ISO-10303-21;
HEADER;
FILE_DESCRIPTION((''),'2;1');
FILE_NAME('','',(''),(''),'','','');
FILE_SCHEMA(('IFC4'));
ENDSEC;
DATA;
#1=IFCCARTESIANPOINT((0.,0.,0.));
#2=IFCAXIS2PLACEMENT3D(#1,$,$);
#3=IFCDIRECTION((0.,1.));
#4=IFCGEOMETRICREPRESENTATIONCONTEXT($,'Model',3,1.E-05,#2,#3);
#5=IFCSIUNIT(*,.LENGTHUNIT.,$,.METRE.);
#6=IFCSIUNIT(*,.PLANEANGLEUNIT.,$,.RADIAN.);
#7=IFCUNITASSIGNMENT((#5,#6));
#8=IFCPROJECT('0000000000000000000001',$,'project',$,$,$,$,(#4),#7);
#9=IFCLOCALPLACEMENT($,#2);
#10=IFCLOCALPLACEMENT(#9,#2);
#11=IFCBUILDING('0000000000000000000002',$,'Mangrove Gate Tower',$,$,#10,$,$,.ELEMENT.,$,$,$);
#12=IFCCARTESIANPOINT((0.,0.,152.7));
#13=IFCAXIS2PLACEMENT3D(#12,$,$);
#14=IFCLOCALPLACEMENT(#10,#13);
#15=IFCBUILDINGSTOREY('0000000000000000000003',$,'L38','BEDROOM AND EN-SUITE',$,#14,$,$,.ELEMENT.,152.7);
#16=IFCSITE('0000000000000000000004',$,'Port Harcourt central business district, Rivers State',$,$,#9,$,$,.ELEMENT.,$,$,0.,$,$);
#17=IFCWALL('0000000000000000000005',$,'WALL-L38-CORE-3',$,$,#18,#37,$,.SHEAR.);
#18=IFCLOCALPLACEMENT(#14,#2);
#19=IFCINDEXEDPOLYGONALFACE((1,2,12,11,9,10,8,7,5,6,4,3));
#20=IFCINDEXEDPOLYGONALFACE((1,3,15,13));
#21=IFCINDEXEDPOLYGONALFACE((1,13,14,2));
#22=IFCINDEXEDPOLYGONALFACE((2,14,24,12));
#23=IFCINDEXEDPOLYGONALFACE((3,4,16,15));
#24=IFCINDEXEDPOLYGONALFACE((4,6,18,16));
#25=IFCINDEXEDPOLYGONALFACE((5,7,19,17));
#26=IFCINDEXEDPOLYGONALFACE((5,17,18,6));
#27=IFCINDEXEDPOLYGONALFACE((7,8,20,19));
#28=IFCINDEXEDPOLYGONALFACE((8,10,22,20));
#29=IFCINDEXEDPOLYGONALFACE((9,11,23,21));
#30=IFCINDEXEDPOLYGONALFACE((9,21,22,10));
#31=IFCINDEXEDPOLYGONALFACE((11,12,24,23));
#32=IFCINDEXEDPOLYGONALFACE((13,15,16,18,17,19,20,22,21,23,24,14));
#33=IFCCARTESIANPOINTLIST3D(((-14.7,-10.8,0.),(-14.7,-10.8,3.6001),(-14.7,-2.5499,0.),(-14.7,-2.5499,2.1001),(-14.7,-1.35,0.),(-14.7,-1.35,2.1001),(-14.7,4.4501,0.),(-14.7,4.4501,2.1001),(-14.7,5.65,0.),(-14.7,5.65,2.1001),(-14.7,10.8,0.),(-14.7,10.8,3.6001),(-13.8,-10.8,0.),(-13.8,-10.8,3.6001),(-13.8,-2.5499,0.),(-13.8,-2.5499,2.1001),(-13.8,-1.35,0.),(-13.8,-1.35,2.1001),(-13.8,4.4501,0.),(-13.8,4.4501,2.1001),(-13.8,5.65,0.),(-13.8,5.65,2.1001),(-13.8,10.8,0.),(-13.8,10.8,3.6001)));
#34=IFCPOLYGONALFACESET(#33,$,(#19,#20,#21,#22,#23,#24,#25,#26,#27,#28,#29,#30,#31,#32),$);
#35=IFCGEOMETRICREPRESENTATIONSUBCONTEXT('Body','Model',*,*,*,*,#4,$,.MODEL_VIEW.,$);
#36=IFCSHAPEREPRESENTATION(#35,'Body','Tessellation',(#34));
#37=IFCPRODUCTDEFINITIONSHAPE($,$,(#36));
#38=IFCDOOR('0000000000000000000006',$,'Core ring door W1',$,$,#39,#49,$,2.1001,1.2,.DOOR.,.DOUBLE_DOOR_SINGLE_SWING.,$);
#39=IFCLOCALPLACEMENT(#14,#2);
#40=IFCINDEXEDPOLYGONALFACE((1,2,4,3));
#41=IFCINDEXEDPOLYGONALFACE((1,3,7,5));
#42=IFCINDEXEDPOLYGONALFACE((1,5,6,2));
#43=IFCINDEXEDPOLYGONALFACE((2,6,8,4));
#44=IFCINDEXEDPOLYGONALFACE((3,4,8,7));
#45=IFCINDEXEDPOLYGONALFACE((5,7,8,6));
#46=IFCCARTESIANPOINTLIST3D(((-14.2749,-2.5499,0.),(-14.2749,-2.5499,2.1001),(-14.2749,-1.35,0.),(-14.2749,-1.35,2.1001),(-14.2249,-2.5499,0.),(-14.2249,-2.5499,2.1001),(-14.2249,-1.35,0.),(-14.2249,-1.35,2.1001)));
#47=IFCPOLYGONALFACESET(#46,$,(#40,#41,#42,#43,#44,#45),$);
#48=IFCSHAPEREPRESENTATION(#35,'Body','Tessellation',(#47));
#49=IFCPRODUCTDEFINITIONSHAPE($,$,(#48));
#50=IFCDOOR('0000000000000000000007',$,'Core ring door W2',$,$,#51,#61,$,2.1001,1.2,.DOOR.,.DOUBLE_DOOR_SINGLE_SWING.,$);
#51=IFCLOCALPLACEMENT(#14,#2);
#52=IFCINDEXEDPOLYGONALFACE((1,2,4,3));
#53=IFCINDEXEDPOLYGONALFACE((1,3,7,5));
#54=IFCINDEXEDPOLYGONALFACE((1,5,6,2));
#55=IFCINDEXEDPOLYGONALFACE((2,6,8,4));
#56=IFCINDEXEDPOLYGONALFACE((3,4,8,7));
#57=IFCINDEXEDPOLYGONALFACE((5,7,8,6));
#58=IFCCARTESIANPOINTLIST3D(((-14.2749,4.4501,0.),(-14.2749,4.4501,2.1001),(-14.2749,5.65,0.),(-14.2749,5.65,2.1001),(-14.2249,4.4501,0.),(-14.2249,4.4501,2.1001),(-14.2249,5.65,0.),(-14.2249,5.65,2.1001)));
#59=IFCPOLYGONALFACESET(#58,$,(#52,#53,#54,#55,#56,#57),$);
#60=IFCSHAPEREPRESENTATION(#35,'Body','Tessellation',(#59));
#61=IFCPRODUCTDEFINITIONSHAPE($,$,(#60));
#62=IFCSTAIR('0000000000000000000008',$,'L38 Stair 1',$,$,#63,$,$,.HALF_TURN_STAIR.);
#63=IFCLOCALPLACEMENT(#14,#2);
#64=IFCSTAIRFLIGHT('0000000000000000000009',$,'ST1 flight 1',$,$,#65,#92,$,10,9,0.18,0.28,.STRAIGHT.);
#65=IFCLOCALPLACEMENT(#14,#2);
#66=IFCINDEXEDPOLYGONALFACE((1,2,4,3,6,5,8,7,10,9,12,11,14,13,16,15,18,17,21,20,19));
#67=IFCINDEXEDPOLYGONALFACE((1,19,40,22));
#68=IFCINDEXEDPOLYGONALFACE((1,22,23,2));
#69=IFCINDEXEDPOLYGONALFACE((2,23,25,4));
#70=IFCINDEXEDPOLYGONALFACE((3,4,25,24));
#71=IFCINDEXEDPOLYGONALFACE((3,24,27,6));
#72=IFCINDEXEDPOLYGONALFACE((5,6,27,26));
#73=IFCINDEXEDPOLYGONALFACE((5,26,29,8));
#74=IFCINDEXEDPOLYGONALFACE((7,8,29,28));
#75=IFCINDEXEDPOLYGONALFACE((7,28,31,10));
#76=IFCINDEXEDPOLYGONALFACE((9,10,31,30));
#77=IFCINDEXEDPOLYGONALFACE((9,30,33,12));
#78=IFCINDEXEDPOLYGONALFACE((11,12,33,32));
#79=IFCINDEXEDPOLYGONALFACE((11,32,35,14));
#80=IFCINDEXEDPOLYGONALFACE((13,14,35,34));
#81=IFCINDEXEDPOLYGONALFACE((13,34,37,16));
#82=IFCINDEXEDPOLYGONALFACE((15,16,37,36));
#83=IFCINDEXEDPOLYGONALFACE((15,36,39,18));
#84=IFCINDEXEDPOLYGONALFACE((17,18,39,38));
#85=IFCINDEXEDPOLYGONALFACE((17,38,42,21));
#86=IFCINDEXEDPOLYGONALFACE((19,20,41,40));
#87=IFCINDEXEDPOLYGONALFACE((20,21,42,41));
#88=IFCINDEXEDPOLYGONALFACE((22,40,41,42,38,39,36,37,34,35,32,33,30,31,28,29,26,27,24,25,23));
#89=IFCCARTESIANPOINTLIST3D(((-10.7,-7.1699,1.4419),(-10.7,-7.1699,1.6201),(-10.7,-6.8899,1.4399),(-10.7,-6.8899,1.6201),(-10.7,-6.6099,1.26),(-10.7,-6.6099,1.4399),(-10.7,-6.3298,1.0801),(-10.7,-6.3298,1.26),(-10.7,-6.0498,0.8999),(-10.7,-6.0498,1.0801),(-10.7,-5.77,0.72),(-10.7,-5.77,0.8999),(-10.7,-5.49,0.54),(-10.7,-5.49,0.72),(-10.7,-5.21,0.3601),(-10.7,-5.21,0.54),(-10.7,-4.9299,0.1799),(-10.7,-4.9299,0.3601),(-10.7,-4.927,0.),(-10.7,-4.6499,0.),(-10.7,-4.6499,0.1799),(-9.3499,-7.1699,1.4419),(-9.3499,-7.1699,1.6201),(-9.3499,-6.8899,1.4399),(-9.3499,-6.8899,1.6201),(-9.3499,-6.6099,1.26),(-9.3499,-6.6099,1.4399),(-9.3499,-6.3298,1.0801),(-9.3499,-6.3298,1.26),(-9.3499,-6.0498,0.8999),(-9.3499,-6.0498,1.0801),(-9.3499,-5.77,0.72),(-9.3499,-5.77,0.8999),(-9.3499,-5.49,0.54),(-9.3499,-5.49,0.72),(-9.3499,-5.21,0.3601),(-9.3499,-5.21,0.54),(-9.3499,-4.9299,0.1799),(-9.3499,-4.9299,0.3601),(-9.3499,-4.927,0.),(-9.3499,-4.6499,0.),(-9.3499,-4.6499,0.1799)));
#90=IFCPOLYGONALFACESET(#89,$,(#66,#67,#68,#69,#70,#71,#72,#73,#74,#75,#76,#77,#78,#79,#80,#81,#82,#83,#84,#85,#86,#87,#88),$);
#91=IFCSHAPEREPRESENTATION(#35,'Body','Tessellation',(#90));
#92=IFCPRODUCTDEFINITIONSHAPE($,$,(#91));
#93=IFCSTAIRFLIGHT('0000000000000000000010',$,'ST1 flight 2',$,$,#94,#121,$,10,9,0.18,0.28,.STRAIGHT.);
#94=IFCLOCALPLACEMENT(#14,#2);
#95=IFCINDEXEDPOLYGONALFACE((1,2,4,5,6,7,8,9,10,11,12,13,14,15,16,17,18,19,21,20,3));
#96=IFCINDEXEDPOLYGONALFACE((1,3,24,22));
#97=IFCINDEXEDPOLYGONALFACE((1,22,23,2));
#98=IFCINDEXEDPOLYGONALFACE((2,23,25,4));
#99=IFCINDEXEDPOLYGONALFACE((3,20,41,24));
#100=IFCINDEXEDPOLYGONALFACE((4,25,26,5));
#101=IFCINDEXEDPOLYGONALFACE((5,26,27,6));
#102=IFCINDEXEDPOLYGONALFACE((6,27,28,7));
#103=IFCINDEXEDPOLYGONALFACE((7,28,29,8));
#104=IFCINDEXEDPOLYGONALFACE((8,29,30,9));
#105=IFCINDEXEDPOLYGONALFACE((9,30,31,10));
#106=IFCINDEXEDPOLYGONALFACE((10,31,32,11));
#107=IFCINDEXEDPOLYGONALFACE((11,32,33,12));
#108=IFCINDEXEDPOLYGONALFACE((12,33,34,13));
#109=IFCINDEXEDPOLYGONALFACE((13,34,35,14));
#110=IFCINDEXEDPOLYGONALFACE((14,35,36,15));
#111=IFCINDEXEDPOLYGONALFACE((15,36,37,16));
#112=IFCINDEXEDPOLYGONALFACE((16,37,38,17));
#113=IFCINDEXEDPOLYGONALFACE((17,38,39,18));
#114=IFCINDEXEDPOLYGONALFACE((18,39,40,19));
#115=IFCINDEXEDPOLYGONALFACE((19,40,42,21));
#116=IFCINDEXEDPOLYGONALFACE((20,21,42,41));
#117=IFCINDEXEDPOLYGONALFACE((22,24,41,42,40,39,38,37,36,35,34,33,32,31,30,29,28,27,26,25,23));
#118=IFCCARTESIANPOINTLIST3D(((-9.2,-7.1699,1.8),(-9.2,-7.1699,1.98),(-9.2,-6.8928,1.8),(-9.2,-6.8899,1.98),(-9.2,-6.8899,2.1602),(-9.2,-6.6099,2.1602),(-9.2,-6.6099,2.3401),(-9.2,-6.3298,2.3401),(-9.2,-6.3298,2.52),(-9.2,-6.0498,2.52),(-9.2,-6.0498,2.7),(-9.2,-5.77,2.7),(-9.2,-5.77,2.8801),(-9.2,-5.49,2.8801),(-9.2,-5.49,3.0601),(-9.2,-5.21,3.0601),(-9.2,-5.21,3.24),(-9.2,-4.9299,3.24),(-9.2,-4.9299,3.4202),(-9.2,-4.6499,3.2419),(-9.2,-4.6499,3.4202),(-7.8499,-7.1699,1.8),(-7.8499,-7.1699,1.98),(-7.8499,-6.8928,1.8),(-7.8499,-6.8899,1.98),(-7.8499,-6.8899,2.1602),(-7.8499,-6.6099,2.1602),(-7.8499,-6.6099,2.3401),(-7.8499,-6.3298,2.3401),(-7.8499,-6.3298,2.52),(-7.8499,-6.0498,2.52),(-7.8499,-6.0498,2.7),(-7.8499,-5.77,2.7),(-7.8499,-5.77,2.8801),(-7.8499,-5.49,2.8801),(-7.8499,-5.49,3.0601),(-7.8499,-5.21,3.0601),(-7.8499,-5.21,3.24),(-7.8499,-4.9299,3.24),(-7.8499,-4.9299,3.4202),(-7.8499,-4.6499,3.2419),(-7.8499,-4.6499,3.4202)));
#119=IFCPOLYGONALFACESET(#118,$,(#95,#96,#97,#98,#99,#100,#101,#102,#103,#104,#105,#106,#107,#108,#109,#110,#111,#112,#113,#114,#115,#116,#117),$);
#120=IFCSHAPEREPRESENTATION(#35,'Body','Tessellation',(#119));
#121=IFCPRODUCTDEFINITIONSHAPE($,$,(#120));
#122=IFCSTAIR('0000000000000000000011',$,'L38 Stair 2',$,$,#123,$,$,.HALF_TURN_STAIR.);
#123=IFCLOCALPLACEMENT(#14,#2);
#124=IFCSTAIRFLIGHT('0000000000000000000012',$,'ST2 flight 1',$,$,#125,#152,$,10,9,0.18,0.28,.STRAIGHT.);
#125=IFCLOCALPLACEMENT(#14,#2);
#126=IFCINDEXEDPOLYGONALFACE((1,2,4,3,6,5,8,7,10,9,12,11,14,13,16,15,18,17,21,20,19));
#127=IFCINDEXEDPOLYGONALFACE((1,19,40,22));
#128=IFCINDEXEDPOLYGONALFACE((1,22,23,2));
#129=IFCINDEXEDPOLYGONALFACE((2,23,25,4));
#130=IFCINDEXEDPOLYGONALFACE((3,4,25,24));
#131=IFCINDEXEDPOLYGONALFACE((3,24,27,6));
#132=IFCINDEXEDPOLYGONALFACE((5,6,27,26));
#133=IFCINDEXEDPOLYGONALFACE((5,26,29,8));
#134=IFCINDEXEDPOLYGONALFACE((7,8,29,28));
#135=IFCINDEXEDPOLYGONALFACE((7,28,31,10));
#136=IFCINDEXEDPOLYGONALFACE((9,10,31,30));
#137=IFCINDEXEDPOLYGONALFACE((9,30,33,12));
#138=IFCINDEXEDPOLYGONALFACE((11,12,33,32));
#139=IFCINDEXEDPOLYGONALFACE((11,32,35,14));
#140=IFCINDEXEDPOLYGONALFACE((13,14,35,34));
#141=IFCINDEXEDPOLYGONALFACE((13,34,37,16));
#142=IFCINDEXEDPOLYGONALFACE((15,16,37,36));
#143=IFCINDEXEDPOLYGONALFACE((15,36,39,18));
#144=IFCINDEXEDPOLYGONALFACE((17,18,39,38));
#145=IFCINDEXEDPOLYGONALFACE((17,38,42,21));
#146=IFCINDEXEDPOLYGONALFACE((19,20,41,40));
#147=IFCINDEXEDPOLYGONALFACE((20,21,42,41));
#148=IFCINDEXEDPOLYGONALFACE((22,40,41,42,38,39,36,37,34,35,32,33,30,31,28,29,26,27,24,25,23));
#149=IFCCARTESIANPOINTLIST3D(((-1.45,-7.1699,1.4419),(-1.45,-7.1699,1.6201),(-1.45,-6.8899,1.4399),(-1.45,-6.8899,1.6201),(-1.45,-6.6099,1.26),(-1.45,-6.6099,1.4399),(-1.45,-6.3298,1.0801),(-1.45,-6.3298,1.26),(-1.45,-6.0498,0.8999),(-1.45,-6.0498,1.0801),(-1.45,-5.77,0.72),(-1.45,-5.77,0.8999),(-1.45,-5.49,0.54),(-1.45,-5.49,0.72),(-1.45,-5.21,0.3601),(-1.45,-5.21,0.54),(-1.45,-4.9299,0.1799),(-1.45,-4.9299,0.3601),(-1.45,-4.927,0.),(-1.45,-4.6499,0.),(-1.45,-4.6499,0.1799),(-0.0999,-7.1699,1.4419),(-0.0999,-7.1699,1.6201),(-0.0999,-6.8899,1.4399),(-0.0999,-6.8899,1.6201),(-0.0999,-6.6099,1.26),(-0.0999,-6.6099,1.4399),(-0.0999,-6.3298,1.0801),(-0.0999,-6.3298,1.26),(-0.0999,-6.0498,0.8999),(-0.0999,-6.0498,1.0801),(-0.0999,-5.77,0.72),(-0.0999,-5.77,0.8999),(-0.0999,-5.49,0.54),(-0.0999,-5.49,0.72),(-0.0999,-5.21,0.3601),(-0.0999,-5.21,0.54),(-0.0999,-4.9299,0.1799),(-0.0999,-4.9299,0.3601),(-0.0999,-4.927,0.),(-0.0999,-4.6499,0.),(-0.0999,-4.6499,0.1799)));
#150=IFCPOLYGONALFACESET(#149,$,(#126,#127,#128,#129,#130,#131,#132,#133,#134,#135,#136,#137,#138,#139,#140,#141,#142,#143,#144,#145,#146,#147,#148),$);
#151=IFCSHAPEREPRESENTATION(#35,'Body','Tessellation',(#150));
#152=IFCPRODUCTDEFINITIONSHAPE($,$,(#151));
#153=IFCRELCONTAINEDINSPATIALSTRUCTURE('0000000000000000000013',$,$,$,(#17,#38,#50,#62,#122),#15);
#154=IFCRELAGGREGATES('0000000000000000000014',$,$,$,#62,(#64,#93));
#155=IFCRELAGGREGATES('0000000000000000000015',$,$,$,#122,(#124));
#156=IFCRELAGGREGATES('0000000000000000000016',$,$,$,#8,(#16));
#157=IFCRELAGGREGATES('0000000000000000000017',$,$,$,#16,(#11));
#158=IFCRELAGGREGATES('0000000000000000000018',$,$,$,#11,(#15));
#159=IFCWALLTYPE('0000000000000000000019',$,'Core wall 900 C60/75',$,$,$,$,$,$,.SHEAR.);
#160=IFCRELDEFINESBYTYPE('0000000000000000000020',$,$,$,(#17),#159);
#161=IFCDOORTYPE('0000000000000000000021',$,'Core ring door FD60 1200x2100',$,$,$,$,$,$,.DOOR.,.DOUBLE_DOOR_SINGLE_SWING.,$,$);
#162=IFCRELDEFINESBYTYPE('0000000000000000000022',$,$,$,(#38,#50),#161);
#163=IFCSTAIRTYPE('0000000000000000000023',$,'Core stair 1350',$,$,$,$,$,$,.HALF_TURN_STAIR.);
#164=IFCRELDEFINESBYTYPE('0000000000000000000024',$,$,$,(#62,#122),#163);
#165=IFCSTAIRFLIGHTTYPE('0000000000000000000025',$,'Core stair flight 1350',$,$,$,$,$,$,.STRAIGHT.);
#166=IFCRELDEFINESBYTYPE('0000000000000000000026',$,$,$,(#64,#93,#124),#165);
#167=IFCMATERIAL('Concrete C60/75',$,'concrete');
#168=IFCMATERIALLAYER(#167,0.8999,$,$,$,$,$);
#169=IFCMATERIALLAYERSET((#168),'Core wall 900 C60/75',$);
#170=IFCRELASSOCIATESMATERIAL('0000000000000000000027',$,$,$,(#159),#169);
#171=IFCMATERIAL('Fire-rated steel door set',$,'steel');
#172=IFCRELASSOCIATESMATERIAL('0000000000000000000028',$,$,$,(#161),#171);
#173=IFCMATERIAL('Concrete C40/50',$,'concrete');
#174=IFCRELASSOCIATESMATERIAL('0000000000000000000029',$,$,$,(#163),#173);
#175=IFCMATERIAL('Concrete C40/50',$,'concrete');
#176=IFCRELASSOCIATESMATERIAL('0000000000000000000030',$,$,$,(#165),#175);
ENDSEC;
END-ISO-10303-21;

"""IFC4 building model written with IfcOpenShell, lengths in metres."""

from ifc_helpers import new_model, si_unit, direction, frame, frame_2d, origin, place, context, subcontext, project, spatial, polyline, rectangle, outline, extrude, material, layer, layer_set, type_object, element, fill, aggregate, save


model = new_model("IFC4")

# Units and contexts
model_context = context("Model", 3, precision=1e-05, world=origin(), true_north=direction((0.0, 1.0)))
body_context = subcontext(model_context, "Body", "Model", "MODEL_VIEW")
ifc_project = project(units=[si_unit("LENGTHUNIT", "METRE"), si_unit("PLANEANGLEUNIT", "RADIAN")], contexts=[model_context])

# Site, building, storey
site_placement = place(None, origin())
site = spatial("IfcSite", under=ifc_project, at=site_placement, Name="Port Harcourt central business district, Rivers State", CompositionType="ELEMENT", RefElevation=0.0)
building_placement = place(site_placement, origin())
building = spatial("IfcBuilding", under=site, at=building_placement, Name="Mangrove Gate Tower", CompositionType="ELEMENT")
storey_placement = place(building_placement, frame((0.0, 0.0, 152.7)))
storey = spatial("IfcBuildingStorey", under=building, at=storey_placement, Name="L38", Description="BEDROOM AND EN-SUITE", CompositionType="ELEMENT", Elevation=152.7)

# Shared definitions
ifc_material_1 = material(Name="Concrete C60/75", Category="concrete")
ifc_layer_1 = layer(ifc_material_1, 0.8999)
ifc_layer_set_1 = layer_set([ifc_layer_1], Name="Core wall 900 C60/75")
wall_type_1 = type_object("IfcWallType", Name="Core wall 900 C60/75", PredefinedType="SHEAR", material=ifc_layer_set_1)

# Wall, openings, doors
wall_1_placement = place(storey_placement, frame((-14.25, -10.8, 0.0), z_axis=(0.0, 0.0, 1.0), x_axis=(0.0, 1.0, 0.0)))
wall_1 = element("IfcWall", 1, at=wall_1_placement, inside=storey, type_object=wall_type_1, Name="WALL-L38-CORE-3", PredefinedType="SHEAR", context=body_context, shape_type="SweptSolid", body=[
    extrude(rectangle(XDim=21.6001, YDim=0.8999, at=frame_2d((10.8, 0.0))), origin(), (0.0, 0.0, 1.0), 3.6001),
])
opening_1_placement = place(wall_1_placement, frame((8.25, 0.0, 0.0)))
opening_1 = element("IfcOpeningElement", 2, at=opening_1_placement, cuts=wall_1, PredefinedType="OPENING", context=body_context, shape_type="SweptSolid", body=[
    extrude(rectangle(XDim=1.2, YDim=2.1001, at=frame_2d((0.6001, 1.05))), frame((0.0, 0.46, 0.0), z_axis=(0.0, -1.0, 0.0), x_axis=(1.0, 0.0, 0.0)), (0.0, 0.0, 1.0), 0.9199),
])
opening_2_placement = place(wall_1_placement, frame((15.25, 0.0, 0.0)))
opening_2 = element("IfcOpeningElement", 3, at=opening_2_placement, cuts=wall_1, PredefinedType="OPENING", context=body_context, shape_type="SweptSolid", body=[
    extrude(rectangle(XDim=1.2, YDim=2.1001, at=frame_2d((0.6001, 1.05))), frame((0.0, 0.46, 0.0), z_axis=(0.0, -1.0, 0.0), x_axis=(1.0, 0.0, 0.0)), (0.0, 0.0, 1.0), 0.9199),
])
ifc_material_2 = material(Name="Fire-rated steel door set", Category="steel")
door_type_1 = type_object("IfcDoorType", Name="Core ring door FD60 1200x2100", OperationType="DOUBLE_DOOR_SINGLE_SWING", PredefinedType="DOOR", material=ifc_material_2)
door_1_placement = place(opening_1_placement, origin())
door_1 = element("IfcDoor", 4, at=door_1_placement, inside=storey, type_object=door_type_1, Name="Core ring door W1", OperationType="DOUBLE_DOOR_SINGLE_SWING", OverallHeight=2.1001, OverallWidth=1.2, PredefinedType="DOOR", context=body_context, shape_type="SweptSolid", body=[
    extrude(rectangle(XDim=1.2, YDim=2.1001, at=frame_2d((0.6001, 1.05))), frame((0.0, 0.0249, 0.0), z_axis=(0.0, -1.0, 0.0), x_axis=(1.0, 0.0, 0.0)), (0.0, 0.0, 1.0), 0.05),
])
fill(opening_1, door_1)
door_2_placement = place(opening_2_placement, origin())
door_2 = element("IfcDoor", 5, at=door_2_placement, inside=storey, type_object=door_type_1, Name="Core ring door W2", OperationType="DOUBLE_DOOR_SINGLE_SWING", OverallHeight=2.1001, OverallWidth=1.2, PredefinedType="DOOR", context=body_context, shape_type="SweptSolid", body=[
    extrude(rectangle(XDim=1.2, YDim=2.1001, at=frame_2d((0.6001, 1.05))), frame((0.0, 0.0249, 0.0), z_axis=(0.0, -1.0, 0.0), x_axis=(1.0, 0.0, 0.0)), (0.0, 0.0, 1.0), 0.05),
])
fill(opening_2, door_2)

# Stair, stair flights
ifc_material_3 = material(Name="Concrete C40/50", Category="concrete")
stair_type = type_object("IfcStairType", Name="Core stair 1350", PredefinedType="HALF_TURN_STAIR", material=ifc_material_3)
stair_1_placement = place(storey_placement, origin())
stair_1 = element("IfcStair", 6, at=stair_1_placement, inside=storey, type_object=stair_type, Name="L38 Stair 1", PredefinedType="HALF_TURN_STAIR")
ifc_material_4 = material(Name="Concrete C40/50", Category="concrete")
stair_flight_type = type_object("IfcStairFlightType", Name="Core stair flight 1350", PredefinedType="STRAIGHT", material=ifc_material_4)
stair_flight_1_placement = place(storey_placement, frame((-10.0249, -4.6499, 0.0), z_axis=(0.0, 0.0, 1.0), x_axis=(0.0, -1.0, 0.0)))
stair_flight_1 = element("IfcStairFlight", 7, at=stair_flight_1_placement, type_object=stair_flight_type, Name="ST1 flight 1", NumberOfRisers=10, NumberOfTreads=9, PredefinedType="STRAIGHT", RiserHeight=0.18, TreadLength=0.28, context=body_context, shape_type="SweptSolid", body=[
    extrude(outline(polyline([(0.0, 0.0), (0.0, 0.1799), (0.28, 0.1799), (0.28, 0.3601), (0.5601, 0.3601), (0.5601, 0.54), (0.8401, 0.54), (0.8401, 0.72), (1.1201, 0.72), (1.1201, 0.8999), (1.3999, 0.8999), (1.3999, 1.0801), (1.6799, 1.0801), (1.6799, 1.26), (1.96, 1.26), (1.96, 1.4399), (2.24, 1.4399), (2.24, 1.6201), (2.52, 1.6201), (2.52, 1.8), (2.52, 1.4419), (0.2771, 0.0), (0.0, 0.0)])), frame((0.0, 0.675, 0.0), z_axis=(0.0, -1.0, 0.0), x_axis=(1.0, 0.0, 0.0)), (0.0, 0.0, 1.0), 1.3501),
])
stair_flight_2_placement = place(storey_placement, frame((-8.5249, -7.1699, 1.8), z_axis=(0.0, 0.0, 1.0), x_axis=(0.0, 1.0, 0.0)))
stair_flight_2 = element("IfcStairFlight", 8, at=stair_flight_2_placement, type_object=stair_flight_type, Name="ST1 flight 2", NumberOfRisers=10, NumberOfTreads=9, PredefinedType="STRAIGHT", RiserHeight=0.18, TreadLength=0.28, context=body_context, shape_type="SweptSolid", body=[
    extrude(outline(polyline([(0.0, 0.0), (0.0, 0.1799), (0.28, 0.1799), (0.28, 0.3601), (0.5601, 0.3601), (0.5601, 0.54), (0.8401, 0.54), (0.8401, 0.72), (1.1201, 0.72), (1.1201, 0.8999), (1.3999, 0.8999), (1.3999, 1.0801), (1.6799, 1.0801), (1.6799, 1.26), (1.96, 1.26), (1.96, 1.4399), (2.24, 1.4399), (2.24, 1.6201), (2.52, 1.6201), (2.52, 1.8), (2.52, 1.4419), (0.2771, 0.0), (0.0, 0.0)])), frame((0.0, 0.675, 0.0), z_axis=(0.0, -1.0, 0.0), x_axis=(1.0, 0.0, 0.0)), (0.0, 0.0, 1.0), 1.3501),
])
aggregate(stair_1, [stair_flight_1, stair_flight_2])

# Stair, stair flight
stair_2_placement = place(storey_placement, origin())
stair_2 = element("IfcStair", 9, at=stair_2_placement, inside=storey, type_object=stair_type, Name="L38 Stair 2", PredefinedType="HALF_TURN_STAIR")
stair_flight_3_placement = place(storey_placement, frame((-0.7749, -4.6499, 0.0), z_axis=(0.0, 0.0, 1.0), x_axis=(0.0, -1.0, 0.0)))
stair_flight_3 = element("IfcStairFlight", 10, at=stair_flight_3_placement, type_object=stair_flight_type, Name="ST2 flight 1", NumberOfRisers=10, NumberOfTreads=9, PredefinedType="STRAIGHT", RiserHeight=0.18, TreadLength=0.28, context=body_context, shape_type="SweptSolid", body=[
    extrude(outline(polyline([(0.0, 0.0), (0.0, 0.1799), (0.28, 0.1799), (0.28, 0.3601), (0.5601, 0.3601), (0.5601, 0.54), (0.8401, 0.54), (0.8401, 0.72), (1.1201, 0.72), (1.1201, 0.8999), (1.3999, 0.8999), (1.3999, 1.0801), (1.6799, 1.0801), (1.6799, 1.26), (1.96, 1.26), (1.96, 1.4399), (2.24, 1.4399), (2.24, 1.6201), (2.52, 1.6201), (2.52, 1.8), (2.52, 1.4419), (0.2771, 0.0), (0.0, 0.0)])), frame((0.0, 0.675, 0.0), z_axis=(0.0, -1.0, 0.0), x_axis=(1.0, 0.0, 0.0)), (0.0, 0.0, 1.0), 1.3501),
])
aggregate(stair_2, [stair_flight_3])

save(model, "model.ifc")
